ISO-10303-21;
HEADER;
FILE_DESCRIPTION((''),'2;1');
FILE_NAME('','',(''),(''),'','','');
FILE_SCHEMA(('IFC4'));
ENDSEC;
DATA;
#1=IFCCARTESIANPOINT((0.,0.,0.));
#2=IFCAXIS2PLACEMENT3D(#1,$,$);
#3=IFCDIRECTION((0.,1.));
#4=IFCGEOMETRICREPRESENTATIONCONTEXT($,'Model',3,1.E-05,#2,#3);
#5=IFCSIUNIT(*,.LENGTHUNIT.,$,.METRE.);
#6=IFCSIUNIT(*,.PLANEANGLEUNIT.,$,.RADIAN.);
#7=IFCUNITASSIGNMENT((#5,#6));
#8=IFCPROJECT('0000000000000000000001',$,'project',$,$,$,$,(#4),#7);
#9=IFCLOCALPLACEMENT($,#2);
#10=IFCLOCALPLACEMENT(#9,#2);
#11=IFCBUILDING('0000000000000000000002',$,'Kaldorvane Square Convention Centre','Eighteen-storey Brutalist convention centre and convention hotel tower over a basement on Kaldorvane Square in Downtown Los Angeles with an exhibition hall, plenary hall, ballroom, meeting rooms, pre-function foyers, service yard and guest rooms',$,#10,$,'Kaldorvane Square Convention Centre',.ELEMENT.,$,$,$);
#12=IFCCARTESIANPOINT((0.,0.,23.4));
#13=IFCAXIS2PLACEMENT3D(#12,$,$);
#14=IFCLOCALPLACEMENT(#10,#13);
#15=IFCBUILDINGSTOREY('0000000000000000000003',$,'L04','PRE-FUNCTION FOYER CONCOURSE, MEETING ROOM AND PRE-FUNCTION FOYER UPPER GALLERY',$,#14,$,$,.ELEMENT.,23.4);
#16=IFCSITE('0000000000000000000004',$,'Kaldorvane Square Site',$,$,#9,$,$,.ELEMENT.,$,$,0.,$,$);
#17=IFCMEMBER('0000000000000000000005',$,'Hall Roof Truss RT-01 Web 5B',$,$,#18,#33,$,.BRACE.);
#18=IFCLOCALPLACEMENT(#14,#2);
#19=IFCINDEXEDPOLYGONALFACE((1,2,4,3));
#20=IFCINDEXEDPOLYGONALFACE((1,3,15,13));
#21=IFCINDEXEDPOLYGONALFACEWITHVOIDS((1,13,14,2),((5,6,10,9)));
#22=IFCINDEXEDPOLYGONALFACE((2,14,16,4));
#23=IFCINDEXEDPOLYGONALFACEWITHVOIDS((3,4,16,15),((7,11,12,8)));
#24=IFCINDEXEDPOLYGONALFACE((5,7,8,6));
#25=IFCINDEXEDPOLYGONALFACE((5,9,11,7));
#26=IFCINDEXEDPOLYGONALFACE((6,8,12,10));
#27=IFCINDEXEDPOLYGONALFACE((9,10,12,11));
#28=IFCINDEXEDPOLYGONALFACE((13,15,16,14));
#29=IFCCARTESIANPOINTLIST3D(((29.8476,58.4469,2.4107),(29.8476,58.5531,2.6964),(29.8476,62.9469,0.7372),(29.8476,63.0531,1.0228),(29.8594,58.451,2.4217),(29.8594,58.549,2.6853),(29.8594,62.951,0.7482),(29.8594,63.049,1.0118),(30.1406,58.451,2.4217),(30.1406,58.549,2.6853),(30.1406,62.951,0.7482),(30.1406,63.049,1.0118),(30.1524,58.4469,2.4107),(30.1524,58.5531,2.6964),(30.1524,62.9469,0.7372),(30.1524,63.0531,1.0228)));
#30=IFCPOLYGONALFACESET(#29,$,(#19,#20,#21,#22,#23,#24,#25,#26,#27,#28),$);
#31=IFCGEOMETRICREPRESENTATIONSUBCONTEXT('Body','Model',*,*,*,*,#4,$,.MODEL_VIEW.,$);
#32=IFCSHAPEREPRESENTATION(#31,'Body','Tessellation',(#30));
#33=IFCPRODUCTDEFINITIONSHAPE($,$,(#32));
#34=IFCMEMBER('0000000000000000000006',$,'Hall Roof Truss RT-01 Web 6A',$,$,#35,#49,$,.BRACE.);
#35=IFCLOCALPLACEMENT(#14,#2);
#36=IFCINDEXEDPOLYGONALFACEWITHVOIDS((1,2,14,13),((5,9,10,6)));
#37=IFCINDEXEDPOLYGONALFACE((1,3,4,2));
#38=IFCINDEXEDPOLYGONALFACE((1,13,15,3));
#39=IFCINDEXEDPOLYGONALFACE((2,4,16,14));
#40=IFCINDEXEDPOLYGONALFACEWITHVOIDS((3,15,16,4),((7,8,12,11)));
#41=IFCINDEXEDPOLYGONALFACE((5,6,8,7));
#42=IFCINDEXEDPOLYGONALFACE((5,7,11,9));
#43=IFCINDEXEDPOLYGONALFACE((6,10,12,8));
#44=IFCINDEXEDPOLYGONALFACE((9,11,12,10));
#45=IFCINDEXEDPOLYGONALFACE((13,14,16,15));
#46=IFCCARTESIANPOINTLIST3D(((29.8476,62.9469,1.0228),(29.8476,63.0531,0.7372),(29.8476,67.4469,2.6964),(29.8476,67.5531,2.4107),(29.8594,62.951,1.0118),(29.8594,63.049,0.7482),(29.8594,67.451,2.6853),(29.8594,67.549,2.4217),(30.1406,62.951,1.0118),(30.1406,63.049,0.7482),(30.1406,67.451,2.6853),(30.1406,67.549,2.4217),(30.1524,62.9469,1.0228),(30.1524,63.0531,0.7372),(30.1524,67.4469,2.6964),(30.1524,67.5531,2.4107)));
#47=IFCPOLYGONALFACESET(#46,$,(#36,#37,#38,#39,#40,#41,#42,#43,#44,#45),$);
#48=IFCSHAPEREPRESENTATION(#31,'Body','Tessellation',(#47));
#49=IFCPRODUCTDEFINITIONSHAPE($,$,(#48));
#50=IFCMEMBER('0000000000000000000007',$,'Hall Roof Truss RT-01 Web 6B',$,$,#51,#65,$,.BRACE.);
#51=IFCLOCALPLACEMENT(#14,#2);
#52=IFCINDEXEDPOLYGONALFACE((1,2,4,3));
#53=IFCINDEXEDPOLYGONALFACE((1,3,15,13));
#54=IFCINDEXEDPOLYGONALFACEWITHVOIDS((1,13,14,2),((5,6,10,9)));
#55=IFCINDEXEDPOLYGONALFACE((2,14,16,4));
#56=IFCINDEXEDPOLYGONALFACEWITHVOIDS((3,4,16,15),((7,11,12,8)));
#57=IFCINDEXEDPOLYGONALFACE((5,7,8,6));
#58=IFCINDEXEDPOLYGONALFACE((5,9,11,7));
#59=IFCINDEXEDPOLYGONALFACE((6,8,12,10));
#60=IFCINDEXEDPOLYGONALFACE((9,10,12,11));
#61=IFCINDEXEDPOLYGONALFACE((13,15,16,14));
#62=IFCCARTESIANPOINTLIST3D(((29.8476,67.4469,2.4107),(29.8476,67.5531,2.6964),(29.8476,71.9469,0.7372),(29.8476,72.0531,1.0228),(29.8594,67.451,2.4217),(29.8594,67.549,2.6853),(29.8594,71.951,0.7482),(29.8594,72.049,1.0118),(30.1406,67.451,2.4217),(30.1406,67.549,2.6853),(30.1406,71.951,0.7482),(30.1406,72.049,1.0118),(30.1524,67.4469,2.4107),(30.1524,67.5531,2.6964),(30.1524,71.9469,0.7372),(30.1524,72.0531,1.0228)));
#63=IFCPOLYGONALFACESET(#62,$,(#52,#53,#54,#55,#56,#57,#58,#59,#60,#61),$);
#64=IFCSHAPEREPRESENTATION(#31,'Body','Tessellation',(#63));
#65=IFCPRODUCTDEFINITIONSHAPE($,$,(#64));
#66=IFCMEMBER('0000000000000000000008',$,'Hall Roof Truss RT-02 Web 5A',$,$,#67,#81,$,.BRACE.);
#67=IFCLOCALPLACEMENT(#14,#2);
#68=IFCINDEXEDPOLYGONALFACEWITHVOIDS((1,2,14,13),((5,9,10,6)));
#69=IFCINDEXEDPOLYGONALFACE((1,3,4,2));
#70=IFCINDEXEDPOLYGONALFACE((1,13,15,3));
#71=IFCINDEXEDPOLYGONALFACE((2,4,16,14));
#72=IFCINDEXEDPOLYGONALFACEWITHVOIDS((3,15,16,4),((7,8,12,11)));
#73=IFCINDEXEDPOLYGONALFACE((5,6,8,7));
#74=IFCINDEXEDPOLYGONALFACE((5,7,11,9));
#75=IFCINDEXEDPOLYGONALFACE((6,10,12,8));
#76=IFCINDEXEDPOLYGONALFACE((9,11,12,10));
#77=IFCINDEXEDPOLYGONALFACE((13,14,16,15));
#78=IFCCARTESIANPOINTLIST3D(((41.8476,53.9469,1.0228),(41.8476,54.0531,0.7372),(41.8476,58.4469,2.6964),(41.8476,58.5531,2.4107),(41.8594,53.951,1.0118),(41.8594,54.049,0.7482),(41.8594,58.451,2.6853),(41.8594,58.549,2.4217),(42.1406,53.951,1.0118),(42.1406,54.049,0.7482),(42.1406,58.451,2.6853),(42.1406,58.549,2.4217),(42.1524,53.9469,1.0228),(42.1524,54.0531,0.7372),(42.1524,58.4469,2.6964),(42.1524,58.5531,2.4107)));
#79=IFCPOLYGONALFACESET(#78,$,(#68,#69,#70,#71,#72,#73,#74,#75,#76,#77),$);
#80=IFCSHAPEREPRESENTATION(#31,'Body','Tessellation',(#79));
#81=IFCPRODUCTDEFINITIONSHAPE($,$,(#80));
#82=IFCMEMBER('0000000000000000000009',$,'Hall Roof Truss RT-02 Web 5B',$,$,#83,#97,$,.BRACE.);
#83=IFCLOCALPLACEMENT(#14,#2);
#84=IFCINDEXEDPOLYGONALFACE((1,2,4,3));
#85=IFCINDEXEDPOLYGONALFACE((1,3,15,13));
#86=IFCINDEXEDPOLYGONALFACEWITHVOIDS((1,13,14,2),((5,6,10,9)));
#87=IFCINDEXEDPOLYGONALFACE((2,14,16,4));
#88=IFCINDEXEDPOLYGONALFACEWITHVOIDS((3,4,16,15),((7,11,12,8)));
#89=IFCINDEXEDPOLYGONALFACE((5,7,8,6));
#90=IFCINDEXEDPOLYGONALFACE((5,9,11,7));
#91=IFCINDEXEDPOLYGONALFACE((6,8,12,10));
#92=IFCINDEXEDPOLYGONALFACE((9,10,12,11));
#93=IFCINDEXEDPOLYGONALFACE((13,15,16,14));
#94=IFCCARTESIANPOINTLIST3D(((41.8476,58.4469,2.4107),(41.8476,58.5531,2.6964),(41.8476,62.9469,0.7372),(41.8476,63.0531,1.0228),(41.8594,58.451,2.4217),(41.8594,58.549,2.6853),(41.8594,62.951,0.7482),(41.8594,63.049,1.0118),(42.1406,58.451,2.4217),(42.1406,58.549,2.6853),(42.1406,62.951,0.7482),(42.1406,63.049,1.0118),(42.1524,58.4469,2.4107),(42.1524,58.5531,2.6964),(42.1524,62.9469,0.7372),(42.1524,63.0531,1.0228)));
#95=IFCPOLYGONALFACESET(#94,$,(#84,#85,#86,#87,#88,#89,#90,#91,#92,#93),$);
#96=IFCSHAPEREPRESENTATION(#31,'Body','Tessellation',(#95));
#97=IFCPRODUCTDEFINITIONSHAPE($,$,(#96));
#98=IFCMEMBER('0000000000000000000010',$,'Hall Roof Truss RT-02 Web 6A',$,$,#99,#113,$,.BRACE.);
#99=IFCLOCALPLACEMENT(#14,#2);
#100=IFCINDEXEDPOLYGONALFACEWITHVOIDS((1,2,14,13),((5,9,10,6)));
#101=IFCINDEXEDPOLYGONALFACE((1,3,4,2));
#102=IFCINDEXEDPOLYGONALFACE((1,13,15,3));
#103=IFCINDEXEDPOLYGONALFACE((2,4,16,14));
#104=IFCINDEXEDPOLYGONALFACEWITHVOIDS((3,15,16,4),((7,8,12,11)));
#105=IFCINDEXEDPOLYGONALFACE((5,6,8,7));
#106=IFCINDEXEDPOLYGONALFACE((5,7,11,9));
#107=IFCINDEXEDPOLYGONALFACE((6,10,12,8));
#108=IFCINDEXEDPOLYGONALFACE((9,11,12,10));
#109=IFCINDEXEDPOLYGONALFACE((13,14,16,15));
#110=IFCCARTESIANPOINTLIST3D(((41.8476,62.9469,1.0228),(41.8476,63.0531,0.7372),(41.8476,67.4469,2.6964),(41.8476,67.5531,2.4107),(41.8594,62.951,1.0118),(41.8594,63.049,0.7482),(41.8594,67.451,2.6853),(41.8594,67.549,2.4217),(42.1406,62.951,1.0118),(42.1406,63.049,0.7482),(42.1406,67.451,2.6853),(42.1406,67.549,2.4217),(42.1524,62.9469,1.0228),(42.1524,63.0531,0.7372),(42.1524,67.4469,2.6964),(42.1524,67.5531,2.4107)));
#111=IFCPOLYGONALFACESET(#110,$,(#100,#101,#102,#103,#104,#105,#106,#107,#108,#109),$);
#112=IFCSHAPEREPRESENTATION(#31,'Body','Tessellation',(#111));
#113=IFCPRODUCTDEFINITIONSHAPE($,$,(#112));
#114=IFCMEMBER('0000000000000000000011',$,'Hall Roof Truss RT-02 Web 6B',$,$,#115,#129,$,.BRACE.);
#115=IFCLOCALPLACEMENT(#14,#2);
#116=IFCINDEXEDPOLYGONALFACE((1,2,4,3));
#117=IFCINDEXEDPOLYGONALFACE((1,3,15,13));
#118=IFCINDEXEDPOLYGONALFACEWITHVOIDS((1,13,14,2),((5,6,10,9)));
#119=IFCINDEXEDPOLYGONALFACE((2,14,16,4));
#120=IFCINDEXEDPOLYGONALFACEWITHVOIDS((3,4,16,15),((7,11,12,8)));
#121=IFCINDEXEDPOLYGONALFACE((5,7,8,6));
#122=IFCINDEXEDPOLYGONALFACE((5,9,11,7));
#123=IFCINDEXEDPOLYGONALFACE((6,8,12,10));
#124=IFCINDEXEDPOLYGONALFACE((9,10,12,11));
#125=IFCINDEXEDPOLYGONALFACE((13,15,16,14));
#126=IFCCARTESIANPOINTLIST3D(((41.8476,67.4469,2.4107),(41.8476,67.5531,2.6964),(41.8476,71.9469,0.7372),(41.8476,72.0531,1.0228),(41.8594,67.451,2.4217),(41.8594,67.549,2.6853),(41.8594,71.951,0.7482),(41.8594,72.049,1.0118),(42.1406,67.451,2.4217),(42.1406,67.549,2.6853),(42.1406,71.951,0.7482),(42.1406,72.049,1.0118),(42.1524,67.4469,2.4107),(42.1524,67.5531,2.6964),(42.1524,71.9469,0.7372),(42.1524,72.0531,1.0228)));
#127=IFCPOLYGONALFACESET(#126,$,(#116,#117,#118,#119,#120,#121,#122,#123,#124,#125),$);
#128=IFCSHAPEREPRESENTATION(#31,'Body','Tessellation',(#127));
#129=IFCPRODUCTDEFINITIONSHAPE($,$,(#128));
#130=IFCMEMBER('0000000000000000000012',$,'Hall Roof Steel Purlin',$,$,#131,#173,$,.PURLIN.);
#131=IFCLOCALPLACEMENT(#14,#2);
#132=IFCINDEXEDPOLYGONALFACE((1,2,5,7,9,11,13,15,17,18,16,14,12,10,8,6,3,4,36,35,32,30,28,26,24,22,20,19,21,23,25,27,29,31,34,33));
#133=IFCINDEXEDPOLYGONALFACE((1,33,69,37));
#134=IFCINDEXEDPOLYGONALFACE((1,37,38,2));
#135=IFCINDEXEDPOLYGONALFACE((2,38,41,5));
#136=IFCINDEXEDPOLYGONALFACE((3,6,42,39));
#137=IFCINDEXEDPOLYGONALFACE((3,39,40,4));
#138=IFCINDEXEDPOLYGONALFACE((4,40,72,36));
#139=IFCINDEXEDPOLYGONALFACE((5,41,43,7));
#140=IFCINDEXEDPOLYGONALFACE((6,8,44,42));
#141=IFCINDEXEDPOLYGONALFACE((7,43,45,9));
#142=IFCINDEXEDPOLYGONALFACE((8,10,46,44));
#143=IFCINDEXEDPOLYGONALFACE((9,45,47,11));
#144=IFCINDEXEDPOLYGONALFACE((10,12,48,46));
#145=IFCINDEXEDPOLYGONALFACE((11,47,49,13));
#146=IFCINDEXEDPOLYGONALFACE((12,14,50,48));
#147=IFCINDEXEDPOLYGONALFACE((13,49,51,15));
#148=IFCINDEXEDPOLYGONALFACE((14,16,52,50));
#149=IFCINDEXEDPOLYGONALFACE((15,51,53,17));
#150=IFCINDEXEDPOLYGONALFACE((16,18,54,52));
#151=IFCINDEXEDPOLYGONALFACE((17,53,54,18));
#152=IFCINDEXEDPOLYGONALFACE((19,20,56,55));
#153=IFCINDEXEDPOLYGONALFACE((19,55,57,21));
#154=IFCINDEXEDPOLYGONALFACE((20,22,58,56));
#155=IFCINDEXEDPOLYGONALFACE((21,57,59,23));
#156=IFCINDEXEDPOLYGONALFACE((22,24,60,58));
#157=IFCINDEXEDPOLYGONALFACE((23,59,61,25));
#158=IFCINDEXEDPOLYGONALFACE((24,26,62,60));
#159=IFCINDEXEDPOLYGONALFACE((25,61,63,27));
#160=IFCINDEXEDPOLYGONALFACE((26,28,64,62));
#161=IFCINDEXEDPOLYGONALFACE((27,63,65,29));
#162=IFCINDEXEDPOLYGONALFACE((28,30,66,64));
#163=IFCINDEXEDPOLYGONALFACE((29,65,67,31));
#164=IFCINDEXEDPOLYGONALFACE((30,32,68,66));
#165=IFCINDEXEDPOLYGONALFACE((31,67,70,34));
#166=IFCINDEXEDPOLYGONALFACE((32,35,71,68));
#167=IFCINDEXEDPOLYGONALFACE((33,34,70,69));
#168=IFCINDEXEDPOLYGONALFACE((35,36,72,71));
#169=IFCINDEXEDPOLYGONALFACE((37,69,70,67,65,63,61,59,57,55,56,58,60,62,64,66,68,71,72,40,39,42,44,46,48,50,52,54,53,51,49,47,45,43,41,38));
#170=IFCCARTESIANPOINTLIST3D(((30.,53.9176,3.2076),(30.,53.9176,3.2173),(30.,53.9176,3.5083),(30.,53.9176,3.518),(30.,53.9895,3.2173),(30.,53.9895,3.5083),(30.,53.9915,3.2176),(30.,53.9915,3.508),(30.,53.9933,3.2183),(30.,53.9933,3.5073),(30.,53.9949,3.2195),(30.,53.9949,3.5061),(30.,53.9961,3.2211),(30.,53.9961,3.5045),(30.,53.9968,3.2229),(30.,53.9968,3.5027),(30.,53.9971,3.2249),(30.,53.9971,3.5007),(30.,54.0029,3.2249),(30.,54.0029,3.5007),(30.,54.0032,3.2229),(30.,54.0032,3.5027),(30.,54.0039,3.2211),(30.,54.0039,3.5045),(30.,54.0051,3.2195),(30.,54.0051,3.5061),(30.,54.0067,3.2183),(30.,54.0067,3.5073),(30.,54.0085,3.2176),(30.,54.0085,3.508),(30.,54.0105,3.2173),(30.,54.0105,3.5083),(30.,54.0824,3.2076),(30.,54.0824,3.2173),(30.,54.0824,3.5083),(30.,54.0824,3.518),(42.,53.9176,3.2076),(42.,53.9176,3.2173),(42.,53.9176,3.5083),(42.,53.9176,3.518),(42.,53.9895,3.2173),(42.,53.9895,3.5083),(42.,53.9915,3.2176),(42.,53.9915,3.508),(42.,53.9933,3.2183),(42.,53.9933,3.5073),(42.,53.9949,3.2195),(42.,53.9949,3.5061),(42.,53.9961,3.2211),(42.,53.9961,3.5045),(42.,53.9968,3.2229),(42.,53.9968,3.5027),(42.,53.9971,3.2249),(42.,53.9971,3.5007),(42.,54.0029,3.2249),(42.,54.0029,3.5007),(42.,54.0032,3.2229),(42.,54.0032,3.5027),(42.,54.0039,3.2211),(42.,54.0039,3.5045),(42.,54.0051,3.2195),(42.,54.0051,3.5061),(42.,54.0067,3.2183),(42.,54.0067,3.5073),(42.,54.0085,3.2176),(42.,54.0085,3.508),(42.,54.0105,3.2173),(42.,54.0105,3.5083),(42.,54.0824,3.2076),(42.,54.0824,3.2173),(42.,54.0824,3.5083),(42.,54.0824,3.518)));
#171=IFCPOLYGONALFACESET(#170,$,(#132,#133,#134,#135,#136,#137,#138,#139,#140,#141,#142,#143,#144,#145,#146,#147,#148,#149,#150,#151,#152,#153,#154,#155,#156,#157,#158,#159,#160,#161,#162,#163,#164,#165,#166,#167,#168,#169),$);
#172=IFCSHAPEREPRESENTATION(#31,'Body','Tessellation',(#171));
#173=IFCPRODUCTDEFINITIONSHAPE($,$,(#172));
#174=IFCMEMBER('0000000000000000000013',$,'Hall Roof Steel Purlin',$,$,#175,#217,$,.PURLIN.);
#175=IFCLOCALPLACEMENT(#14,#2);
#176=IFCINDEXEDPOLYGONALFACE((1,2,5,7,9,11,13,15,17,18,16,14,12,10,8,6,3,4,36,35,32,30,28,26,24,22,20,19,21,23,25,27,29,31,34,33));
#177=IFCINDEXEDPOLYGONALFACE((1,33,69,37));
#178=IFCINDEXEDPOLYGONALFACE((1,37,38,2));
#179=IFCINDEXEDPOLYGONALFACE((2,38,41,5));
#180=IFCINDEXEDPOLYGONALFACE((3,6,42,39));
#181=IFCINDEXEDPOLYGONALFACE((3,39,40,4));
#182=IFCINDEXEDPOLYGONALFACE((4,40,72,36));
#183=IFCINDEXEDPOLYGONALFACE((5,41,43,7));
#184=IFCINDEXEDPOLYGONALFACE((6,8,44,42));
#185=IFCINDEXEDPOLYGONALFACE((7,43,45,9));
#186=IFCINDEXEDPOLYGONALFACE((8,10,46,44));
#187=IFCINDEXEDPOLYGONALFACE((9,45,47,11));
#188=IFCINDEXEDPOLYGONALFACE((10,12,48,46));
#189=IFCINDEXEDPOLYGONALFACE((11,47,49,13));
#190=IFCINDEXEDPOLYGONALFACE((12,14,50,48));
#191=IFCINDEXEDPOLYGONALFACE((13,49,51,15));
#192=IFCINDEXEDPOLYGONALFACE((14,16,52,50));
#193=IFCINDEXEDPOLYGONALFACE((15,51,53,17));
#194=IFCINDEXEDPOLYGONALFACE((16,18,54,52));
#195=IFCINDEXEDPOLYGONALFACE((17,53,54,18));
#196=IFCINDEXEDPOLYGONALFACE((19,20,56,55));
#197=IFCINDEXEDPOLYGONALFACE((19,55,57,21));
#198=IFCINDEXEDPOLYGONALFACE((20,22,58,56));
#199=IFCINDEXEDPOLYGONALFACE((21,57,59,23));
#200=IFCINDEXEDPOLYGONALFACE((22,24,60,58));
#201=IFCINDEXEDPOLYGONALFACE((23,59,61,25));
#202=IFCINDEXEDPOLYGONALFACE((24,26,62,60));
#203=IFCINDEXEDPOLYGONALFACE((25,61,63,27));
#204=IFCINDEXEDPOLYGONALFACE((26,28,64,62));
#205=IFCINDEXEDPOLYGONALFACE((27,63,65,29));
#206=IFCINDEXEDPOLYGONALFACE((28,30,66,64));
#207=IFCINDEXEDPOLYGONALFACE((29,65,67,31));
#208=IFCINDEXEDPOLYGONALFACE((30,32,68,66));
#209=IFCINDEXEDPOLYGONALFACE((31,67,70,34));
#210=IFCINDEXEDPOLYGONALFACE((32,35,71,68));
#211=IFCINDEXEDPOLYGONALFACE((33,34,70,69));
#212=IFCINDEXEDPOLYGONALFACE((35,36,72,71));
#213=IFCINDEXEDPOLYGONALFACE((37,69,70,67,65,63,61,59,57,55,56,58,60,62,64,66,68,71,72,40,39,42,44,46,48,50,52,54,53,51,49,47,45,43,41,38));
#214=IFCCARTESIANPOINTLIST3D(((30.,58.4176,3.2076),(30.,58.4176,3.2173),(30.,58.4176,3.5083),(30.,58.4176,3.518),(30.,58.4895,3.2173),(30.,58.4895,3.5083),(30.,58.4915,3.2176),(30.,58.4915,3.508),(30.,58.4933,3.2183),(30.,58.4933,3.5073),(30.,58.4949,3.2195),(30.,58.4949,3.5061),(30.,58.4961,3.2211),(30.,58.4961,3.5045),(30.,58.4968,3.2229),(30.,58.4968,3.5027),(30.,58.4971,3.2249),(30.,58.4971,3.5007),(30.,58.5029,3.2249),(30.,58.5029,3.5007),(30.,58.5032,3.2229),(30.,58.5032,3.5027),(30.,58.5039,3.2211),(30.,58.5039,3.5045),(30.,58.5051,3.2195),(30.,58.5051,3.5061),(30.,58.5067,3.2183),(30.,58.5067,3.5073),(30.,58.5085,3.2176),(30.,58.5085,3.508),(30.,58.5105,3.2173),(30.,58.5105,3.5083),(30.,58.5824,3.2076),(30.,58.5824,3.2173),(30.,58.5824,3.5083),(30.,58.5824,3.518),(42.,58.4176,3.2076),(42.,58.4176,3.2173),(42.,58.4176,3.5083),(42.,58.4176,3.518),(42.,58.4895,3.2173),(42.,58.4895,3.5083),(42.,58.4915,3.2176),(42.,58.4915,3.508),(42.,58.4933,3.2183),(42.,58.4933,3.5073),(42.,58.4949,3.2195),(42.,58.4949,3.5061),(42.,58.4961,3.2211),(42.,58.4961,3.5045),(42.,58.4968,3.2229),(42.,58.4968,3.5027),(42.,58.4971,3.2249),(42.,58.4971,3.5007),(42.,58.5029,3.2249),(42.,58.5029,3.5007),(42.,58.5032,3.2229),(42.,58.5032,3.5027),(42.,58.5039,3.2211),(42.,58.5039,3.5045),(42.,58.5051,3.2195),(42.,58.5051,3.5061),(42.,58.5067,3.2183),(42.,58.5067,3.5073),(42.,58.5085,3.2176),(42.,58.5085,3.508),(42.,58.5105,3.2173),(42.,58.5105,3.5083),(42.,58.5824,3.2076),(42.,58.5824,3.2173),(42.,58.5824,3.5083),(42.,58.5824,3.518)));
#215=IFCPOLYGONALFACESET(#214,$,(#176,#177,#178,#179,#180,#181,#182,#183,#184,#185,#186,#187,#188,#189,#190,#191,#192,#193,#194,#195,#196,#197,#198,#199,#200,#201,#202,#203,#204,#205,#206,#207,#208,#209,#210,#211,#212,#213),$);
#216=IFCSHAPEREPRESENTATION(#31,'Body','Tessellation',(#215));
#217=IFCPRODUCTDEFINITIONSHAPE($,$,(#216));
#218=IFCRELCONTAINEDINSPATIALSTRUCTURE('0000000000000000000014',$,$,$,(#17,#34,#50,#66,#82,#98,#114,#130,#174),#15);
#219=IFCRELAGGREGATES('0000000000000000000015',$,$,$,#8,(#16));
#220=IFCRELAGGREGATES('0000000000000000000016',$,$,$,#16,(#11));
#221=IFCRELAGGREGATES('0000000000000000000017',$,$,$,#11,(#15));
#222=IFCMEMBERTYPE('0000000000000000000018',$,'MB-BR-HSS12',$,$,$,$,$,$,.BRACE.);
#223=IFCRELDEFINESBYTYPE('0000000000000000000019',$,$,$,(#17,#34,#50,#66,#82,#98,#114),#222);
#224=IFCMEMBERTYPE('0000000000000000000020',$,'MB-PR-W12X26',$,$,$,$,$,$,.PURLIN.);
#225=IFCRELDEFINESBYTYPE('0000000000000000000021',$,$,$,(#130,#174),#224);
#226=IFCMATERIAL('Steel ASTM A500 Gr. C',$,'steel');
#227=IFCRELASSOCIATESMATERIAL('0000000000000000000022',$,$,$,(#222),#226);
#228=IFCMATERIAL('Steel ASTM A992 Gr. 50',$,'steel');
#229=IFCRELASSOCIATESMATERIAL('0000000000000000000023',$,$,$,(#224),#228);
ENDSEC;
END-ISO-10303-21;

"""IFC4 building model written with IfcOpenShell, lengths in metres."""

from ifc_helpers import new_model, si_unit, direction, frame, origin, origin_2d, place, context, subcontext, project, spatial, hollow_rectangle, i_section, extrude, material, material_profile, profile_set, type_object, element, save


model = new_model("IFC4")

# Units and contexts
model_context = context("Model", 3, precision=1e-05, world=origin(), true_north=direction((0.0, 1.0)))
body_context = subcontext(model_context, "Body", "Model", "MODEL_VIEW")
ifc_project = project(units=[si_unit("LENGTHUNIT", "METRE"), si_unit("PLANEANGLEUNIT", "RADIAN")], contexts=[model_context])

# Site, building, storey
site_placement = place(None, origin())
site = spatial("IfcSite", under=ifc_project, at=site_placement, Name="Kaldorvane Square Site", CompositionType="ELEMENT", RefElevation=0.0)
building_placement = place(site_placement, origin())
building = spatial("IfcBuilding", under=site, at=building_placement, Name="Kaldorvane Square Convention Centre", Description="Eighteen-storey Brutalist convention centre and convention hotel tower over a basement on Kaldorvane Square in Downtown Los Angeles with an exhibition hall, plenary hall, ballroom, meeting rooms, pre-function foyers, service yard and guest rooms", LongName="Kaldorvane Square Convention Centre", CompositionType="ELEMENT")
storey_placement = place(building_placement, frame((0.0, 0.0, 23.4)))
storey = spatial("IfcBuildingStorey", under=building, at=storey_placement, Name="L04", Description="PRE-FUNCTION FOYER CONCOURSE, MEETING ROOM AND PRE-FUNCTION FOYER UPPER GALLERY", CompositionType="ELEMENT", Elevation=23.4)

# Shared definitions
ifc_material_1 = material(Name="Steel ASTM A992 Gr. 50", Category="steel")

# Members
ifc_material_2 = material(Name="Steel ASTM A500 Gr. C", Category="steel")
ifc_material_profile_1 = material_profile(ifc_material_2, hollow_rectangle(XDim=0.3048, YDim=0.3048, WallThickness=0.0118, at=origin_2d()), Name="HSS12X12X1/2")
ifc_profile_set_1 = profile_set([ifc_material_profile_1], Name="Steel ASTM A500 Gr. C")
member_type_1 = type_object("IfcMemberType", Name="MB-BR-HSS12", PredefinedType="BRACE", material=ifc_profile_set_1)
for number, where, z_axis, x_axis, name in (
    (1, (30.0, 58.5, 2.5535), (0.0, 0.937284, -0.348567), (-1.0, 0.0, 0.0), "Hall Roof Truss RT-01 Web 5B"),
    (2, (30.0, 63.0, 0.88), (0.0, 0.937284, 0.348567), (-1.0, 0.0, 0.0), "Hall Roof Truss RT-01 Web 6A"),
    (3, (30.0, 67.5, 2.5535), (0.0, 0.937284, -0.348567), (-1.0, 0.0, 0.0), "Hall Roof Truss RT-01 Web 6B"),
    (4, (42.0, 54.0, 0.88), (0.0, 0.937284, 0.348567), (-1.0, 0.0, 0.0), "Hall Roof Truss RT-02 Web 5A"),
    (5, (42.0, 58.5, 2.5535), (0.0, 0.937284, -0.348567), (-1.0, 0.0, 0.0), "Hall Roof Truss RT-02 Web 5B"),
    (6, (42.0, 63.0, 0.88), (0.0, 0.937284, 0.348567), (-1.0, 0.0, 0.0), "Hall Roof Truss RT-02 Web 6A"),
    (7, (42.0, 67.5, 2.5535), (0.0, 0.937284, -0.348567), (-1.0, 0.0, 0.0), "Hall Roof Truss RT-02 Web 6B"),
):
    element("IfcMember", number, at=place(storey_placement, frame(where, z_axis=z_axis, x_axis=x_axis)), inside=storey, type_object=member_type_1, Name=name, PredefinedType="BRACE", context=body_context, shape_type="SweptSolid", body=[
        extrude(hollow_rectangle(XDim=0.3048, YDim=0.3048, WallThickness=0.0118, at=origin_2d()), origin(), (0.0, 0.0, 1.0), 4.8011),
    ])
ifc_material_profile_2 = material_profile(ifc_material_1, i_section(OverallWidth=0.1648, OverallDepth=0.3104, WebThickness=0.0058, FlangeThickness=0.0097, FilletRadius=0.0076, at=origin_2d()), Name="W12X26")
ifc_profile_set_2 = profile_set([ifc_material_profile_2], Name="Steel ASTM A992 Gr. 50")
member_type_2 = type_object("IfcMemberType", Name="MB-PR-W12X26", PredefinedType="PURLIN", material=ifc_profile_set_2)
for number, where, z_axis, x_axis, name in (
    (8, (30.0, 54.0, 3.3628), (1.0, 0.0, 0.0), (0.0, 1.0, 0.0), "Hall Roof Steel Purlin"),
    (9, (30.0, 58.5, 3.3628), (1.0, 0.0, 0.0), (0.0, 1.0, 0.0), "Hall Roof Steel Purlin"),
):
    element("IfcMember", number, at=place(storey_placement, frame(where, z_axis=z_axis, x_axis=x_axis)), inside=storey, type_object=member_type_2, Name=name, PredefinedType="PURLIN", context=body_context, shape_type="SweptSolid", body=[
        extrude(i_section(OverallWidth=0.1648, OverallDepth=0.3104, WebThickness=0.0058, FlangeThickness=0.0097, FilletRadius=0.0076, at=origin_2d()), origin(), (0.0, 0.0, 1.0), 12.0),
    ])

save(model, "model.ifc")
